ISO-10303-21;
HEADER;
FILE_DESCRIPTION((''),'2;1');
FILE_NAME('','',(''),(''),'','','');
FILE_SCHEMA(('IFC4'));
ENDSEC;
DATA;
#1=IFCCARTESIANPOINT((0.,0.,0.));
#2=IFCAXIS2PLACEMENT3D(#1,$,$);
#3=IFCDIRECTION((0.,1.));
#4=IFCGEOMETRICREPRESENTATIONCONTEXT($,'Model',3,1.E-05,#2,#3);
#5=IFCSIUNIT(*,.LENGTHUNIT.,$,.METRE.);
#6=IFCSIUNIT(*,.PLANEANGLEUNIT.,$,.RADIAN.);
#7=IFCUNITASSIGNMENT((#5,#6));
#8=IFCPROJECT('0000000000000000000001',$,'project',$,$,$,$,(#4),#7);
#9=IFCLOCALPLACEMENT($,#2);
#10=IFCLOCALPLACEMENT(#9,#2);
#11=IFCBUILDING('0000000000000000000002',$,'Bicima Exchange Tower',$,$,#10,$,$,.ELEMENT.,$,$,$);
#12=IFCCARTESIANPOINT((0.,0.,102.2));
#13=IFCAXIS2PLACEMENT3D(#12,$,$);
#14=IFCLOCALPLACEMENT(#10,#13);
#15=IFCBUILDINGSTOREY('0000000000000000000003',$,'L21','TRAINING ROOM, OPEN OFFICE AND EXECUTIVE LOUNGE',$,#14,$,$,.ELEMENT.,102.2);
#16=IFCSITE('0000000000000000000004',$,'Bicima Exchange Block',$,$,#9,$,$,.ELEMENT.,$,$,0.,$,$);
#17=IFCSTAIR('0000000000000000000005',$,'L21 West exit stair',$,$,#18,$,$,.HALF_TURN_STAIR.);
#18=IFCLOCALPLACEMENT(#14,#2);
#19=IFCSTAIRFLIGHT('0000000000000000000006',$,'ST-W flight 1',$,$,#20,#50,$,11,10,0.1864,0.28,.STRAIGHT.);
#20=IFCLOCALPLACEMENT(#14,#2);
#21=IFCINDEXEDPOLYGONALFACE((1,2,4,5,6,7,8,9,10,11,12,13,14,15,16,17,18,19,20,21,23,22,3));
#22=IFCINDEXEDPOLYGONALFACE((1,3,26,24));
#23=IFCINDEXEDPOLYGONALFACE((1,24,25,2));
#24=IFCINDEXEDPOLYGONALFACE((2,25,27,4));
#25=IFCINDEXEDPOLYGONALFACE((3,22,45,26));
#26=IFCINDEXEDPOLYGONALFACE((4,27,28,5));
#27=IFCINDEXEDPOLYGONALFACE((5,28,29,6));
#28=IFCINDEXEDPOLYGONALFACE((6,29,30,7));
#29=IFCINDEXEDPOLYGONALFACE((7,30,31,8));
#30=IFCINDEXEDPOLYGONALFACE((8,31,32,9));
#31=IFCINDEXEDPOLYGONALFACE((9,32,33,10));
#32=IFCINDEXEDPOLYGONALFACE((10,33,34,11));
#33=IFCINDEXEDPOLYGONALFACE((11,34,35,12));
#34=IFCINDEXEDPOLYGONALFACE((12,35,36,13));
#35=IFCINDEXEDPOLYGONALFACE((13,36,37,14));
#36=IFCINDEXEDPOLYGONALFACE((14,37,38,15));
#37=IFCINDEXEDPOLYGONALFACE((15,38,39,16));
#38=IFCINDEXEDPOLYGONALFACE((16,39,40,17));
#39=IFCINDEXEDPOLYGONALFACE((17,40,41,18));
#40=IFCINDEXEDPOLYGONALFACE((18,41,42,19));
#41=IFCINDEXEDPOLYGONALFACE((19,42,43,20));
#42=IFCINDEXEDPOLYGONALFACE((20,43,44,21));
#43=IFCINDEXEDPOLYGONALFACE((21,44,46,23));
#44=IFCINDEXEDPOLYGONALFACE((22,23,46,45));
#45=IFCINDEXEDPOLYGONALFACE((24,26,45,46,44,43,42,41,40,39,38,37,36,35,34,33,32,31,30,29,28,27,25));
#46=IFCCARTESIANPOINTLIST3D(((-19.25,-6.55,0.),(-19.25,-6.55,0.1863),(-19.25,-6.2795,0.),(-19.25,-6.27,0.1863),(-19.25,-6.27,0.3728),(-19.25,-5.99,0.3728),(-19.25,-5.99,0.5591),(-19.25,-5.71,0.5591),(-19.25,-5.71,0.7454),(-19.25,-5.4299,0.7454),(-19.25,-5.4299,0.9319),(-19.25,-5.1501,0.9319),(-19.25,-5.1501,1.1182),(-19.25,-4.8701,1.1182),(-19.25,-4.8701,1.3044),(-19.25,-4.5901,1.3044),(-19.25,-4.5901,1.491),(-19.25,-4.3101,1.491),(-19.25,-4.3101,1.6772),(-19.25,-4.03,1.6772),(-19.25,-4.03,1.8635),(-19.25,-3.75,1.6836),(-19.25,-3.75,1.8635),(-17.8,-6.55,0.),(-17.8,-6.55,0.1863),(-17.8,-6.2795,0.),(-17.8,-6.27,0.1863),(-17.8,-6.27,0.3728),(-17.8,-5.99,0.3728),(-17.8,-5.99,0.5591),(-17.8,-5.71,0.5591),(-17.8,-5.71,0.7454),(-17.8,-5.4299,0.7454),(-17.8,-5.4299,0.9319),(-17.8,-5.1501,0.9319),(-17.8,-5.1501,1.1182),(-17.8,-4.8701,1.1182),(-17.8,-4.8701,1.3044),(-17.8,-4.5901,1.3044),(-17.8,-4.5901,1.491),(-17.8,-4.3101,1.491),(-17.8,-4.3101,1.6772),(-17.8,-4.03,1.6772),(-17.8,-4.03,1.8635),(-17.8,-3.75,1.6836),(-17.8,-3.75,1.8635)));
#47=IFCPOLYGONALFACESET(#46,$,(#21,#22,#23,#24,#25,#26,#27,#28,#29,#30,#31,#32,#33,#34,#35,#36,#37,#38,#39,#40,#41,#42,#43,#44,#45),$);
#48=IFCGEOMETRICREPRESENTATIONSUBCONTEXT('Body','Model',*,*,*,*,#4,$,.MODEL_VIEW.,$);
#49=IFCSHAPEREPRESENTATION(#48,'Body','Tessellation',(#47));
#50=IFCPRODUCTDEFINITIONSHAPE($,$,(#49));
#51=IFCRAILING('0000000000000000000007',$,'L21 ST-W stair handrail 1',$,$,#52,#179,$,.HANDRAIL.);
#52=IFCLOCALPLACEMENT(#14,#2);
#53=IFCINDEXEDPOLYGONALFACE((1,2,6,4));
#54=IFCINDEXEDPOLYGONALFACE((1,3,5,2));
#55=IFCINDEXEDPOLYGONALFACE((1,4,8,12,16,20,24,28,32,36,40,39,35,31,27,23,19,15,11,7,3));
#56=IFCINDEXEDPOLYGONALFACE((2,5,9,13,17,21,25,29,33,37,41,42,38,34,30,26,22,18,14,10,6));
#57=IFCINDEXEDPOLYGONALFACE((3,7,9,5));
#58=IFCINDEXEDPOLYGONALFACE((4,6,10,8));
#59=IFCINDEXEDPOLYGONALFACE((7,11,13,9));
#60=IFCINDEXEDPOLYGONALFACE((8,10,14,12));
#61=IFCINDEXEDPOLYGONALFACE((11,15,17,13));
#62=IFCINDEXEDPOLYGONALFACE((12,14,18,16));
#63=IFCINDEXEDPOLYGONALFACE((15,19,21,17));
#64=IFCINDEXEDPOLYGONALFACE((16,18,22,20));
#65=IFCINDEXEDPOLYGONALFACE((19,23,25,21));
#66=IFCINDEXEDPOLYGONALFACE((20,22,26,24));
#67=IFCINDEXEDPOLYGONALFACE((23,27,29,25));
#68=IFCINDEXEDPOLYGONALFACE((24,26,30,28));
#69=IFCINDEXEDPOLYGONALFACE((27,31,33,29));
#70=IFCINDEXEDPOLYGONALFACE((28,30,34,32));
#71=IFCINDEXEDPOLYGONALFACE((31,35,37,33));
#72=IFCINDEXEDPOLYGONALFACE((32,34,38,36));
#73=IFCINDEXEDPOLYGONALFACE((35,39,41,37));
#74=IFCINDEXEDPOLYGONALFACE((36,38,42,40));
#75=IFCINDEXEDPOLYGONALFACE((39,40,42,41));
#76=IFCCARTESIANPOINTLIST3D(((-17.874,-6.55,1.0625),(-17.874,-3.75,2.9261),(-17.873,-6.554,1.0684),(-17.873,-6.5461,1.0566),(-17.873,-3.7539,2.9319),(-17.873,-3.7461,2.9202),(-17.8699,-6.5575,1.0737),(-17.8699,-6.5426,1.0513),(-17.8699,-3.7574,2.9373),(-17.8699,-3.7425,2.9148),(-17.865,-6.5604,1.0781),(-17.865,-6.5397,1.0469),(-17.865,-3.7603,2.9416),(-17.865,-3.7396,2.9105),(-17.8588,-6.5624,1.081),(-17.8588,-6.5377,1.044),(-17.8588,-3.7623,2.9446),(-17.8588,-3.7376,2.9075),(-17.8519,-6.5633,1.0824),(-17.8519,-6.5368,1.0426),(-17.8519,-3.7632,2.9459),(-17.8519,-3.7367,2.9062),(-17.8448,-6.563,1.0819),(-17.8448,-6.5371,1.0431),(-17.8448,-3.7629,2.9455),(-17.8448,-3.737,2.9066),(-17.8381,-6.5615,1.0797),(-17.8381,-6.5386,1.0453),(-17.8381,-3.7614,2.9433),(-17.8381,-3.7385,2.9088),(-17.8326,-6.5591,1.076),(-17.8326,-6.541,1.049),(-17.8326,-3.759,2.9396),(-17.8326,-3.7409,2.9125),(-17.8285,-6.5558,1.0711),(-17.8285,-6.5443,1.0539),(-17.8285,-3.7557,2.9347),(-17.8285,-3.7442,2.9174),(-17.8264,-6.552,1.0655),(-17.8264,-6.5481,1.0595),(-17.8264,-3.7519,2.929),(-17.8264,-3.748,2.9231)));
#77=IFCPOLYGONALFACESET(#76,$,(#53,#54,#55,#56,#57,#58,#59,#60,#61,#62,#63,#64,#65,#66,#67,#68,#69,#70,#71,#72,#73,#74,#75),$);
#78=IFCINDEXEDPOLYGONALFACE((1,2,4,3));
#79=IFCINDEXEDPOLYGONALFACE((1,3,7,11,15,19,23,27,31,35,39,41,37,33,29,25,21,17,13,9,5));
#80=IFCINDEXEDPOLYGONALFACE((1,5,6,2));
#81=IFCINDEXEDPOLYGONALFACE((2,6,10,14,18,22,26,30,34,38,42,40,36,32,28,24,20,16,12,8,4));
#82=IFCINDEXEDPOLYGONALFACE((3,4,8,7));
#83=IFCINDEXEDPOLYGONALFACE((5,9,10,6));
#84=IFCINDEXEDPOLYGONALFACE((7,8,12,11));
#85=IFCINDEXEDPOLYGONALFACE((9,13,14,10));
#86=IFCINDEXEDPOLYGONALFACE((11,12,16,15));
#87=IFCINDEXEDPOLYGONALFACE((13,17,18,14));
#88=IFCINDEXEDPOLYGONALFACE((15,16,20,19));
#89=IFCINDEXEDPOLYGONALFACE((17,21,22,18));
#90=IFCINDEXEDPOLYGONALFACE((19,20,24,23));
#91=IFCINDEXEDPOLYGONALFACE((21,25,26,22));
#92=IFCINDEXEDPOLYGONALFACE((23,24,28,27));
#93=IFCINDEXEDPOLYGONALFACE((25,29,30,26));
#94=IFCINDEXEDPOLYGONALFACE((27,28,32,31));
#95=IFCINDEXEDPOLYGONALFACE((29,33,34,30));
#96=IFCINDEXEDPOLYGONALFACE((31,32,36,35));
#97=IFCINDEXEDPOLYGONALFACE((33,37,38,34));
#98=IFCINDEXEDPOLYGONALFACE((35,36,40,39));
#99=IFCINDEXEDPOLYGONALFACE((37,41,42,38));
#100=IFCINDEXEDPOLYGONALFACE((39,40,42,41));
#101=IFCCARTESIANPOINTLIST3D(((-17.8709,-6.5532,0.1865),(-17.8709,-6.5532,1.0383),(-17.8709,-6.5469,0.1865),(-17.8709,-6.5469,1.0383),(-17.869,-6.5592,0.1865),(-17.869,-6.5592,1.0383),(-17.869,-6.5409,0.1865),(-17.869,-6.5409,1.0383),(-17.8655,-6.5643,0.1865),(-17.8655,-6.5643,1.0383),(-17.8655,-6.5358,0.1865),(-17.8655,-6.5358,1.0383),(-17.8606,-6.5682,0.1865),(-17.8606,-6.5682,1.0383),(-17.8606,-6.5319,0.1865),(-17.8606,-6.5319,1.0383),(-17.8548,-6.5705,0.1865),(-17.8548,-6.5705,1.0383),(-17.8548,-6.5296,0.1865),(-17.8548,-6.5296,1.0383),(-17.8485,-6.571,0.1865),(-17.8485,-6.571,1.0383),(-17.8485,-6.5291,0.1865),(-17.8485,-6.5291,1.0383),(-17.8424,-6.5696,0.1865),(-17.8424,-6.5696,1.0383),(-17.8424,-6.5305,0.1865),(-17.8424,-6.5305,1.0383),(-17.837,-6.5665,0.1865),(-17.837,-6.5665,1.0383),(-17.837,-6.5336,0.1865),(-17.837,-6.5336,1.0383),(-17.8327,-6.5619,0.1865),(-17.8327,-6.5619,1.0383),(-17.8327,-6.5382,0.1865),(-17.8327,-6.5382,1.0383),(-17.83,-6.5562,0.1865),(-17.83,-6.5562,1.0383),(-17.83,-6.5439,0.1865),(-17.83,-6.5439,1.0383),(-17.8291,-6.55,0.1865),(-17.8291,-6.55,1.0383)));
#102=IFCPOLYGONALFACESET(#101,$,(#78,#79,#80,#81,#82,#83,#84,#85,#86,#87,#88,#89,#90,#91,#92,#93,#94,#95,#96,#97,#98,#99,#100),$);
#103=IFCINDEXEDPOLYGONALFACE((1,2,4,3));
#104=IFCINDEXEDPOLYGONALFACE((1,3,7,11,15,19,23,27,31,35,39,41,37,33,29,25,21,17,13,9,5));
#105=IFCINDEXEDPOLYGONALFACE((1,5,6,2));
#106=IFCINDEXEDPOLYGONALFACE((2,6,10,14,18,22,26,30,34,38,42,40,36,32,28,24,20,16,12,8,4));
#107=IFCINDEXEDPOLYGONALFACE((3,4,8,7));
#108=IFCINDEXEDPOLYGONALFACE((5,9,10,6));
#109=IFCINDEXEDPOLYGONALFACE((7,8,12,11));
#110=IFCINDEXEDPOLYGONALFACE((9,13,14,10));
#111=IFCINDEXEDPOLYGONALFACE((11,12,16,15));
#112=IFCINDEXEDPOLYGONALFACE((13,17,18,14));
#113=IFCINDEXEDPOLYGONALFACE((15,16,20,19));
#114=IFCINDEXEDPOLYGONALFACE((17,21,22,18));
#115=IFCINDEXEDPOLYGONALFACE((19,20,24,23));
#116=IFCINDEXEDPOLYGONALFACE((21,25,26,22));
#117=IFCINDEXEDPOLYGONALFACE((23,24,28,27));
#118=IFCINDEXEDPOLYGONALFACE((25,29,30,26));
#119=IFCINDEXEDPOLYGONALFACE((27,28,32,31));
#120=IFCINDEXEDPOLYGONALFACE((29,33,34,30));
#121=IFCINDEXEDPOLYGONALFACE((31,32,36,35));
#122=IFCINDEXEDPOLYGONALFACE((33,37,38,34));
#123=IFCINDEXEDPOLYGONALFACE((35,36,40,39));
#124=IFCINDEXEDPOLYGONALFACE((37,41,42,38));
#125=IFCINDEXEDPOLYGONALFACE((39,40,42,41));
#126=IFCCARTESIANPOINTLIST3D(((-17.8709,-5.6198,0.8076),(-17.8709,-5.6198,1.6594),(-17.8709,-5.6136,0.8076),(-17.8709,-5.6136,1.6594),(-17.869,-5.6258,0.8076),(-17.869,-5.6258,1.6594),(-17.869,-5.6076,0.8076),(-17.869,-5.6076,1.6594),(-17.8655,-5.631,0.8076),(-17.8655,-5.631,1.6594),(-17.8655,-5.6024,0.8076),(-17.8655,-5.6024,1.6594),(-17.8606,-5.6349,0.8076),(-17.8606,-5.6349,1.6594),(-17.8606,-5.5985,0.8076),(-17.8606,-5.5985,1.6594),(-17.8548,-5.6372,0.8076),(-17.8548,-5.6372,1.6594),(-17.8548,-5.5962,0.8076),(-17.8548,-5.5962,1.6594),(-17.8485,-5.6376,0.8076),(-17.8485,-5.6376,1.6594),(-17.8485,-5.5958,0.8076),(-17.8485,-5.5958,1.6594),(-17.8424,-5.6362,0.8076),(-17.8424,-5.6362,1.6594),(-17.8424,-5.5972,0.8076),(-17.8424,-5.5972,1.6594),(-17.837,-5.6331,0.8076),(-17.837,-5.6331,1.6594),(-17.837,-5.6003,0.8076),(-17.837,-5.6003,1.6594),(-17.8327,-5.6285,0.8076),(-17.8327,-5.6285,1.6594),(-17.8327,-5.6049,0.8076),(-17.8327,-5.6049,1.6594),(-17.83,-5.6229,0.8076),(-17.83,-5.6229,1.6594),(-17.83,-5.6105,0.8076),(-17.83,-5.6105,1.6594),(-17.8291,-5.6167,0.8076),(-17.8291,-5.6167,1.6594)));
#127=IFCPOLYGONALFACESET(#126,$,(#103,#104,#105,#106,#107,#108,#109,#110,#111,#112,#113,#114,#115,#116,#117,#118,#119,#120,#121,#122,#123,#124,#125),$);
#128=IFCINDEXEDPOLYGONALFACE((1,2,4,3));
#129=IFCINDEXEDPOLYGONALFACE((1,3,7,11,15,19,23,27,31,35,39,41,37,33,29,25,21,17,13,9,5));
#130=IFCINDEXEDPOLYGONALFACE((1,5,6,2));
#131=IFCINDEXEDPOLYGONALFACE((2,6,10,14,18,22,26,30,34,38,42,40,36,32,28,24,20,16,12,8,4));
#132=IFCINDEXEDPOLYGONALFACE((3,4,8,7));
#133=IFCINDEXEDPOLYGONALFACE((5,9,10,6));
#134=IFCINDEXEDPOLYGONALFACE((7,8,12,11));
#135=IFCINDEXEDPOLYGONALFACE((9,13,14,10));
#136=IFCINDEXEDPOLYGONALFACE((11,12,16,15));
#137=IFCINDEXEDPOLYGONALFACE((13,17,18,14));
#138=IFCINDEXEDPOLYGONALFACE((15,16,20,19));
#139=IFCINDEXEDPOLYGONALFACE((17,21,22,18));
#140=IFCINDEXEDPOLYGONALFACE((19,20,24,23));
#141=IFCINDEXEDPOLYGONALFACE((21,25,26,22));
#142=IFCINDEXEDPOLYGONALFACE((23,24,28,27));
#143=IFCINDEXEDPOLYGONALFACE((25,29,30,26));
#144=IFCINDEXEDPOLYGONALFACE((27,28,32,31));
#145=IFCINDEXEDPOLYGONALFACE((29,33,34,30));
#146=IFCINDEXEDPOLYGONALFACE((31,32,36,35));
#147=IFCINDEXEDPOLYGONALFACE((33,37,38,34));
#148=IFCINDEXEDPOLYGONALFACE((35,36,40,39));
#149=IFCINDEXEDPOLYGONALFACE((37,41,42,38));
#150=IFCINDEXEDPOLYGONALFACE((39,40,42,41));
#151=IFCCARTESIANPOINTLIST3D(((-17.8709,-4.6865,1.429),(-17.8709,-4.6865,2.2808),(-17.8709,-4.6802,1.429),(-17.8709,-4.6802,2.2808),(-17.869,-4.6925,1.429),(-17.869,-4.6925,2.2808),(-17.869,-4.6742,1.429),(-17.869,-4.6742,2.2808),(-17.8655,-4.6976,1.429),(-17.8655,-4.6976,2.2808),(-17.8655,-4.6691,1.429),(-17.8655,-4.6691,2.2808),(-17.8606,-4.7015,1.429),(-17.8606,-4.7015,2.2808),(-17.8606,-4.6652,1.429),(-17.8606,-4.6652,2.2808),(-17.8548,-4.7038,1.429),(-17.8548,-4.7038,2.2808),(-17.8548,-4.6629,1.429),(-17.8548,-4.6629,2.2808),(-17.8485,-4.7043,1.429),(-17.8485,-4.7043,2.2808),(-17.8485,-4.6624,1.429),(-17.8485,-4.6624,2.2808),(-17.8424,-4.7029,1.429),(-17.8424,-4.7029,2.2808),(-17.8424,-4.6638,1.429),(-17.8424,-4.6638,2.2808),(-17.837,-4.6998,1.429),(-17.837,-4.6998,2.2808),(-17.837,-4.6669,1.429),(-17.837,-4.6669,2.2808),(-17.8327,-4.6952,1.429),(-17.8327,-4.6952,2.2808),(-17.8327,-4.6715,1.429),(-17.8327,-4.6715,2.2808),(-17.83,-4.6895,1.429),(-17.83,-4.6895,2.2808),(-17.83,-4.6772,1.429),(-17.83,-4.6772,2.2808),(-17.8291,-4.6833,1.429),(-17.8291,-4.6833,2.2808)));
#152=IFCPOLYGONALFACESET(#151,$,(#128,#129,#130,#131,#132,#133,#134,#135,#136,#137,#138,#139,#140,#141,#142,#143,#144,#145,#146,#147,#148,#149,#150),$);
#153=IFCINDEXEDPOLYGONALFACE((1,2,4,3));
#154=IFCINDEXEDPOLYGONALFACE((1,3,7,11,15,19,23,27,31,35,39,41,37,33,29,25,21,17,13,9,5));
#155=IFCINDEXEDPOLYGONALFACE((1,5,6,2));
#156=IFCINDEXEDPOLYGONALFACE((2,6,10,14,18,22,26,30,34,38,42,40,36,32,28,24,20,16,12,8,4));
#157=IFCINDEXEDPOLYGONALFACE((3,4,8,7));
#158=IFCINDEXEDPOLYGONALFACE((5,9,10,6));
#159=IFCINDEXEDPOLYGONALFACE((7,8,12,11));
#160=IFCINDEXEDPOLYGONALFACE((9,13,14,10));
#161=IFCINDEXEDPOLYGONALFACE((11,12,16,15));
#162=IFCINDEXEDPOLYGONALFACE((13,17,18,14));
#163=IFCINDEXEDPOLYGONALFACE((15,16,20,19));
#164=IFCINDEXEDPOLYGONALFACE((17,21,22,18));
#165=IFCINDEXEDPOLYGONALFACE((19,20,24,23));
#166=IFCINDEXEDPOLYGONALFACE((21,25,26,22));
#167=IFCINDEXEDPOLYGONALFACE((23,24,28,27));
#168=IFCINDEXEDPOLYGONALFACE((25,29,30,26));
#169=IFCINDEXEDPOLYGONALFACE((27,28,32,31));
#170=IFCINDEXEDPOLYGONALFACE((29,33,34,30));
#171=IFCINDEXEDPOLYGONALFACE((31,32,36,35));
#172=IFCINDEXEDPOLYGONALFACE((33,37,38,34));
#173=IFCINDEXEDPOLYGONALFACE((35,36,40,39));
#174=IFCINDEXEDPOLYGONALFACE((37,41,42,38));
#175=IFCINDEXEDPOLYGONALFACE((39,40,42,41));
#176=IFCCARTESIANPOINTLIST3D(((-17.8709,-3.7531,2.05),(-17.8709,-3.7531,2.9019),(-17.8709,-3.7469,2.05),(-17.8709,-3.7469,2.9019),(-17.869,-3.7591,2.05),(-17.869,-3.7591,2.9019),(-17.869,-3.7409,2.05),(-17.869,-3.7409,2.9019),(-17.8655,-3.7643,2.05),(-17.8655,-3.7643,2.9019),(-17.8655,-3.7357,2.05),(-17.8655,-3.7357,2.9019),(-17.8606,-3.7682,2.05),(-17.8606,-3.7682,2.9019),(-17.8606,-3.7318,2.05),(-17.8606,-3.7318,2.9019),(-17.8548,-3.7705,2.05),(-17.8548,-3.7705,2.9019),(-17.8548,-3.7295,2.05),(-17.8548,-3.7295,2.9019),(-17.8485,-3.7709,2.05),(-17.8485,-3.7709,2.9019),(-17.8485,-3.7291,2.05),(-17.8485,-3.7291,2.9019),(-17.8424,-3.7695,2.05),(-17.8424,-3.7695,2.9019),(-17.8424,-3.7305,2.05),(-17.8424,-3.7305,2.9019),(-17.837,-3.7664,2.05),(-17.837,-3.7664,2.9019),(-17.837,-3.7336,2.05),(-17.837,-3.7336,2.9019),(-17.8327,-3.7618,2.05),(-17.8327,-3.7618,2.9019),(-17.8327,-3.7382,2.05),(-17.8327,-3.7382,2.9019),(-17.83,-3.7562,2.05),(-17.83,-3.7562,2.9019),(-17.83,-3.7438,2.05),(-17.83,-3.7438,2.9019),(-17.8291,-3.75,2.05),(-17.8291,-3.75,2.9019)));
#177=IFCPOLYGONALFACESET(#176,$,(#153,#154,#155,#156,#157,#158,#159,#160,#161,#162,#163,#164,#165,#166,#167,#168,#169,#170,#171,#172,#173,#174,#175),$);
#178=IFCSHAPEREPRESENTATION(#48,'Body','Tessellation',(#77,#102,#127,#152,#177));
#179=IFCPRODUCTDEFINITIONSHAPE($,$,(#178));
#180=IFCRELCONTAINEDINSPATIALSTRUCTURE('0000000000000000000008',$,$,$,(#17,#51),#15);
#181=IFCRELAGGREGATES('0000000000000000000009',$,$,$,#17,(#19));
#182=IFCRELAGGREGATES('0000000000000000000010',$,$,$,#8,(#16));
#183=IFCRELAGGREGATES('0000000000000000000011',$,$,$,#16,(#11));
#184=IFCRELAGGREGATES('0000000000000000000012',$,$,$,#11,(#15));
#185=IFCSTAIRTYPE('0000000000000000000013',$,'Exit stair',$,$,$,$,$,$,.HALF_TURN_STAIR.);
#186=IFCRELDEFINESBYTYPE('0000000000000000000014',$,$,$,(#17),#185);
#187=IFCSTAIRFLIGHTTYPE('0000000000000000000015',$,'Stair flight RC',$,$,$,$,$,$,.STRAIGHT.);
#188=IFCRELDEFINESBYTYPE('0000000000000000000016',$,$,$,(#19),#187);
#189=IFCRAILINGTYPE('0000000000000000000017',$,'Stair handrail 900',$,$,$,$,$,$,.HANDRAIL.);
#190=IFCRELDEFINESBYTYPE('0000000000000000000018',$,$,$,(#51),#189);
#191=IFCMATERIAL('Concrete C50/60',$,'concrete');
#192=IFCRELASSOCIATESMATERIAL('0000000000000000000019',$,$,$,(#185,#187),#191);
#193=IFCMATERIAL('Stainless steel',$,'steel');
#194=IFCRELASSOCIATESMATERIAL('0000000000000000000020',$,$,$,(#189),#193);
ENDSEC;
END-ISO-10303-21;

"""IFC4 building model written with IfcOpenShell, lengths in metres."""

from ifc_helpers import new_model, si_unit, direction, frame, origin, origin_2d, place, context, subcontext, project, spatial, polyline, circle, outline, extrude, material, type_object, element, aggregate, save


model = new_model("IFC4")

# Units and contexts
model_context = context("Model", 3, precision=1e-05, world=origin(), true_north=direction((0.0, 1.0)))
body_context = subcontext(model_context, "Body", "Model", "MODEL_VIEW")
ifc_project = project(units=[si_unit("LENGTHUNIT", "METRE"), si_unit("PLANEANGLEUNIT", "RADIAN")], contexts=[model_context])

# Site, building, storey
site_placement = place(None, origin())
site = spatial("IfcSite", under=ifc_project, at=site_placement, Name="Bicima Exchange Block", CompositionType="ELEMENT", RefElevation=0.0)
building_placement = place(site_placement, origin())
building = spatial("IfcBuilding", under=site, at=building_placement, Name="Bicima Exchange Tower", CompositionType="ELEMENT")
storey_placement = place(building_placement, frame((0.0, 0.0, 102.2)))
storey = spatial("IfcBuildingStorey", under=building, at=storey_placement, Name="L21", Description="TRAINING ROOM, OPEN OFFICE AND EXECUTIVE LOUNGE", CompositionType="ELEMENT", Elevation=102.2)

# Shared definitions
ifc_material_1 = material(Name="Concrete C50/60", Category="concrete")

# Shared definitions
ifc_material_2 = material(Name="Stainless steel", Category="steel")

# Stair, stair flight
stair_type = type_object("IfcStairType", Name="Exit stair", PredefinedType="HALF_TURN_STAIR", material=ifc_material_1)
stair_placement = place(storey_placement, origin())
stair = element("IfcStair", 1, at=stair_placement, inside=storey, type_object=stair_type, Name="L21 West exit stair", PredefinedType="HALF_TURN_STAIR")
stair_flight_type = type_object("IfcStairFlightType", Name="Stair flight RC", PredefinedType="STRAIGHT", material=ifc_material_1)
stair_flight_placement = place(storey_placement, frame((-18.5249, -6.55, 0.0), z_axis=(0.0, 0.0, 1.0), x_axis=(0.0, 1.0, 0.0)))
stair_flight = element("IfcStairFlight", 2, at=stair_flight_placement, type_object=stair_flight_type, Name="ST-W flight 1", NumberOfRisers=11, NumberOfTreads=10, PredefinedType="STRAIGHT", RiserHeight=0.1864, TreadLength=0.28, context=body_context, shape_type="SweptSolid", body=[
    extrude(outline(polyline([(0.0, 0.0), (0.0, 0.1863), (0.28, 0.1863), (0.28, 0.3728), (0.5601, 0.3728), (0.5601, 0.5591), (0.8401, 0.5591), (0.8401, 0.7454), (1.1201, 0.7454), (1.1201, 0.9319), (1.3999, 0.9319), (1.3999, 1.1182), (1.6799, 1.1182), (1.6799, 1.3044), (1.96, 1.3044), (1.96, 1.491), (2.24, 1.491), (2.24, 1.6772), (2.52, 1.6772), (2.52, 1.8635), (2.8, 1.8635), (2.8, 2.05), (2.8, 1.6836), (0.2705, 0.0), (0.0, 0.0)])), frame((0.0, 0.7251, 0.0), z_axis=(0.0, -1.0, 0.0), x_axis=(1.0, 0.0, 0.0)), (0.0, 0.0, 1.0), 1.45),
])
aggregate(stair, [stair_flight])

# Railing
railing_type_1 = type_object("IfcRailingType", Name="Stair handrail 900", PredefinedType="HANDRAIL", material=ifc_material_2)
railing_1_placement = place(storey_placement, frame((-17.8501, -6.55, 0.1865)))
element("IfcRailing", 3, at=railing_1_placement, inside=storey, type_object=railing_type_1, Name="L21 ST-W stair handrail 1", PredefinedType="HANDRAIL", context=body_context, shape_type="SweptSolid", body=[
    extrude(circle(Radius=0.0239, at=origin_2d()), frame((0.0, 0.0, 0.876), z_axis=(0.0, 0.832486, 0.554047), x_axis=(-1.0, 0.0, 0.0)), (0.0, 0.0, 1.0), 3.3635),
    extrude(circle(Radius=0.021, at=origin_2d()), origin(), (0.0, 0.0, 1.0), 0.8518),
    extrude(circle(Radius=0.021, at=origin_2d()), frame((0.0, 0.9333, 0.6211)), (0.0, 0.0, 1.0), 0.8518),
    extrude(circle(Radius=0.021, at=origin_2d()), frame((0.0, 1.8667, 1.2424)), (0.0, 0.0, 1.0), 0.8518),
    extrude(circle(Radius=0.021, at=origin_2d()), frame((0.0, 2.8, 1.8635)), (0.0, 0.0, 1.0), 0.8518),
])

save(model, "model.ifc")
